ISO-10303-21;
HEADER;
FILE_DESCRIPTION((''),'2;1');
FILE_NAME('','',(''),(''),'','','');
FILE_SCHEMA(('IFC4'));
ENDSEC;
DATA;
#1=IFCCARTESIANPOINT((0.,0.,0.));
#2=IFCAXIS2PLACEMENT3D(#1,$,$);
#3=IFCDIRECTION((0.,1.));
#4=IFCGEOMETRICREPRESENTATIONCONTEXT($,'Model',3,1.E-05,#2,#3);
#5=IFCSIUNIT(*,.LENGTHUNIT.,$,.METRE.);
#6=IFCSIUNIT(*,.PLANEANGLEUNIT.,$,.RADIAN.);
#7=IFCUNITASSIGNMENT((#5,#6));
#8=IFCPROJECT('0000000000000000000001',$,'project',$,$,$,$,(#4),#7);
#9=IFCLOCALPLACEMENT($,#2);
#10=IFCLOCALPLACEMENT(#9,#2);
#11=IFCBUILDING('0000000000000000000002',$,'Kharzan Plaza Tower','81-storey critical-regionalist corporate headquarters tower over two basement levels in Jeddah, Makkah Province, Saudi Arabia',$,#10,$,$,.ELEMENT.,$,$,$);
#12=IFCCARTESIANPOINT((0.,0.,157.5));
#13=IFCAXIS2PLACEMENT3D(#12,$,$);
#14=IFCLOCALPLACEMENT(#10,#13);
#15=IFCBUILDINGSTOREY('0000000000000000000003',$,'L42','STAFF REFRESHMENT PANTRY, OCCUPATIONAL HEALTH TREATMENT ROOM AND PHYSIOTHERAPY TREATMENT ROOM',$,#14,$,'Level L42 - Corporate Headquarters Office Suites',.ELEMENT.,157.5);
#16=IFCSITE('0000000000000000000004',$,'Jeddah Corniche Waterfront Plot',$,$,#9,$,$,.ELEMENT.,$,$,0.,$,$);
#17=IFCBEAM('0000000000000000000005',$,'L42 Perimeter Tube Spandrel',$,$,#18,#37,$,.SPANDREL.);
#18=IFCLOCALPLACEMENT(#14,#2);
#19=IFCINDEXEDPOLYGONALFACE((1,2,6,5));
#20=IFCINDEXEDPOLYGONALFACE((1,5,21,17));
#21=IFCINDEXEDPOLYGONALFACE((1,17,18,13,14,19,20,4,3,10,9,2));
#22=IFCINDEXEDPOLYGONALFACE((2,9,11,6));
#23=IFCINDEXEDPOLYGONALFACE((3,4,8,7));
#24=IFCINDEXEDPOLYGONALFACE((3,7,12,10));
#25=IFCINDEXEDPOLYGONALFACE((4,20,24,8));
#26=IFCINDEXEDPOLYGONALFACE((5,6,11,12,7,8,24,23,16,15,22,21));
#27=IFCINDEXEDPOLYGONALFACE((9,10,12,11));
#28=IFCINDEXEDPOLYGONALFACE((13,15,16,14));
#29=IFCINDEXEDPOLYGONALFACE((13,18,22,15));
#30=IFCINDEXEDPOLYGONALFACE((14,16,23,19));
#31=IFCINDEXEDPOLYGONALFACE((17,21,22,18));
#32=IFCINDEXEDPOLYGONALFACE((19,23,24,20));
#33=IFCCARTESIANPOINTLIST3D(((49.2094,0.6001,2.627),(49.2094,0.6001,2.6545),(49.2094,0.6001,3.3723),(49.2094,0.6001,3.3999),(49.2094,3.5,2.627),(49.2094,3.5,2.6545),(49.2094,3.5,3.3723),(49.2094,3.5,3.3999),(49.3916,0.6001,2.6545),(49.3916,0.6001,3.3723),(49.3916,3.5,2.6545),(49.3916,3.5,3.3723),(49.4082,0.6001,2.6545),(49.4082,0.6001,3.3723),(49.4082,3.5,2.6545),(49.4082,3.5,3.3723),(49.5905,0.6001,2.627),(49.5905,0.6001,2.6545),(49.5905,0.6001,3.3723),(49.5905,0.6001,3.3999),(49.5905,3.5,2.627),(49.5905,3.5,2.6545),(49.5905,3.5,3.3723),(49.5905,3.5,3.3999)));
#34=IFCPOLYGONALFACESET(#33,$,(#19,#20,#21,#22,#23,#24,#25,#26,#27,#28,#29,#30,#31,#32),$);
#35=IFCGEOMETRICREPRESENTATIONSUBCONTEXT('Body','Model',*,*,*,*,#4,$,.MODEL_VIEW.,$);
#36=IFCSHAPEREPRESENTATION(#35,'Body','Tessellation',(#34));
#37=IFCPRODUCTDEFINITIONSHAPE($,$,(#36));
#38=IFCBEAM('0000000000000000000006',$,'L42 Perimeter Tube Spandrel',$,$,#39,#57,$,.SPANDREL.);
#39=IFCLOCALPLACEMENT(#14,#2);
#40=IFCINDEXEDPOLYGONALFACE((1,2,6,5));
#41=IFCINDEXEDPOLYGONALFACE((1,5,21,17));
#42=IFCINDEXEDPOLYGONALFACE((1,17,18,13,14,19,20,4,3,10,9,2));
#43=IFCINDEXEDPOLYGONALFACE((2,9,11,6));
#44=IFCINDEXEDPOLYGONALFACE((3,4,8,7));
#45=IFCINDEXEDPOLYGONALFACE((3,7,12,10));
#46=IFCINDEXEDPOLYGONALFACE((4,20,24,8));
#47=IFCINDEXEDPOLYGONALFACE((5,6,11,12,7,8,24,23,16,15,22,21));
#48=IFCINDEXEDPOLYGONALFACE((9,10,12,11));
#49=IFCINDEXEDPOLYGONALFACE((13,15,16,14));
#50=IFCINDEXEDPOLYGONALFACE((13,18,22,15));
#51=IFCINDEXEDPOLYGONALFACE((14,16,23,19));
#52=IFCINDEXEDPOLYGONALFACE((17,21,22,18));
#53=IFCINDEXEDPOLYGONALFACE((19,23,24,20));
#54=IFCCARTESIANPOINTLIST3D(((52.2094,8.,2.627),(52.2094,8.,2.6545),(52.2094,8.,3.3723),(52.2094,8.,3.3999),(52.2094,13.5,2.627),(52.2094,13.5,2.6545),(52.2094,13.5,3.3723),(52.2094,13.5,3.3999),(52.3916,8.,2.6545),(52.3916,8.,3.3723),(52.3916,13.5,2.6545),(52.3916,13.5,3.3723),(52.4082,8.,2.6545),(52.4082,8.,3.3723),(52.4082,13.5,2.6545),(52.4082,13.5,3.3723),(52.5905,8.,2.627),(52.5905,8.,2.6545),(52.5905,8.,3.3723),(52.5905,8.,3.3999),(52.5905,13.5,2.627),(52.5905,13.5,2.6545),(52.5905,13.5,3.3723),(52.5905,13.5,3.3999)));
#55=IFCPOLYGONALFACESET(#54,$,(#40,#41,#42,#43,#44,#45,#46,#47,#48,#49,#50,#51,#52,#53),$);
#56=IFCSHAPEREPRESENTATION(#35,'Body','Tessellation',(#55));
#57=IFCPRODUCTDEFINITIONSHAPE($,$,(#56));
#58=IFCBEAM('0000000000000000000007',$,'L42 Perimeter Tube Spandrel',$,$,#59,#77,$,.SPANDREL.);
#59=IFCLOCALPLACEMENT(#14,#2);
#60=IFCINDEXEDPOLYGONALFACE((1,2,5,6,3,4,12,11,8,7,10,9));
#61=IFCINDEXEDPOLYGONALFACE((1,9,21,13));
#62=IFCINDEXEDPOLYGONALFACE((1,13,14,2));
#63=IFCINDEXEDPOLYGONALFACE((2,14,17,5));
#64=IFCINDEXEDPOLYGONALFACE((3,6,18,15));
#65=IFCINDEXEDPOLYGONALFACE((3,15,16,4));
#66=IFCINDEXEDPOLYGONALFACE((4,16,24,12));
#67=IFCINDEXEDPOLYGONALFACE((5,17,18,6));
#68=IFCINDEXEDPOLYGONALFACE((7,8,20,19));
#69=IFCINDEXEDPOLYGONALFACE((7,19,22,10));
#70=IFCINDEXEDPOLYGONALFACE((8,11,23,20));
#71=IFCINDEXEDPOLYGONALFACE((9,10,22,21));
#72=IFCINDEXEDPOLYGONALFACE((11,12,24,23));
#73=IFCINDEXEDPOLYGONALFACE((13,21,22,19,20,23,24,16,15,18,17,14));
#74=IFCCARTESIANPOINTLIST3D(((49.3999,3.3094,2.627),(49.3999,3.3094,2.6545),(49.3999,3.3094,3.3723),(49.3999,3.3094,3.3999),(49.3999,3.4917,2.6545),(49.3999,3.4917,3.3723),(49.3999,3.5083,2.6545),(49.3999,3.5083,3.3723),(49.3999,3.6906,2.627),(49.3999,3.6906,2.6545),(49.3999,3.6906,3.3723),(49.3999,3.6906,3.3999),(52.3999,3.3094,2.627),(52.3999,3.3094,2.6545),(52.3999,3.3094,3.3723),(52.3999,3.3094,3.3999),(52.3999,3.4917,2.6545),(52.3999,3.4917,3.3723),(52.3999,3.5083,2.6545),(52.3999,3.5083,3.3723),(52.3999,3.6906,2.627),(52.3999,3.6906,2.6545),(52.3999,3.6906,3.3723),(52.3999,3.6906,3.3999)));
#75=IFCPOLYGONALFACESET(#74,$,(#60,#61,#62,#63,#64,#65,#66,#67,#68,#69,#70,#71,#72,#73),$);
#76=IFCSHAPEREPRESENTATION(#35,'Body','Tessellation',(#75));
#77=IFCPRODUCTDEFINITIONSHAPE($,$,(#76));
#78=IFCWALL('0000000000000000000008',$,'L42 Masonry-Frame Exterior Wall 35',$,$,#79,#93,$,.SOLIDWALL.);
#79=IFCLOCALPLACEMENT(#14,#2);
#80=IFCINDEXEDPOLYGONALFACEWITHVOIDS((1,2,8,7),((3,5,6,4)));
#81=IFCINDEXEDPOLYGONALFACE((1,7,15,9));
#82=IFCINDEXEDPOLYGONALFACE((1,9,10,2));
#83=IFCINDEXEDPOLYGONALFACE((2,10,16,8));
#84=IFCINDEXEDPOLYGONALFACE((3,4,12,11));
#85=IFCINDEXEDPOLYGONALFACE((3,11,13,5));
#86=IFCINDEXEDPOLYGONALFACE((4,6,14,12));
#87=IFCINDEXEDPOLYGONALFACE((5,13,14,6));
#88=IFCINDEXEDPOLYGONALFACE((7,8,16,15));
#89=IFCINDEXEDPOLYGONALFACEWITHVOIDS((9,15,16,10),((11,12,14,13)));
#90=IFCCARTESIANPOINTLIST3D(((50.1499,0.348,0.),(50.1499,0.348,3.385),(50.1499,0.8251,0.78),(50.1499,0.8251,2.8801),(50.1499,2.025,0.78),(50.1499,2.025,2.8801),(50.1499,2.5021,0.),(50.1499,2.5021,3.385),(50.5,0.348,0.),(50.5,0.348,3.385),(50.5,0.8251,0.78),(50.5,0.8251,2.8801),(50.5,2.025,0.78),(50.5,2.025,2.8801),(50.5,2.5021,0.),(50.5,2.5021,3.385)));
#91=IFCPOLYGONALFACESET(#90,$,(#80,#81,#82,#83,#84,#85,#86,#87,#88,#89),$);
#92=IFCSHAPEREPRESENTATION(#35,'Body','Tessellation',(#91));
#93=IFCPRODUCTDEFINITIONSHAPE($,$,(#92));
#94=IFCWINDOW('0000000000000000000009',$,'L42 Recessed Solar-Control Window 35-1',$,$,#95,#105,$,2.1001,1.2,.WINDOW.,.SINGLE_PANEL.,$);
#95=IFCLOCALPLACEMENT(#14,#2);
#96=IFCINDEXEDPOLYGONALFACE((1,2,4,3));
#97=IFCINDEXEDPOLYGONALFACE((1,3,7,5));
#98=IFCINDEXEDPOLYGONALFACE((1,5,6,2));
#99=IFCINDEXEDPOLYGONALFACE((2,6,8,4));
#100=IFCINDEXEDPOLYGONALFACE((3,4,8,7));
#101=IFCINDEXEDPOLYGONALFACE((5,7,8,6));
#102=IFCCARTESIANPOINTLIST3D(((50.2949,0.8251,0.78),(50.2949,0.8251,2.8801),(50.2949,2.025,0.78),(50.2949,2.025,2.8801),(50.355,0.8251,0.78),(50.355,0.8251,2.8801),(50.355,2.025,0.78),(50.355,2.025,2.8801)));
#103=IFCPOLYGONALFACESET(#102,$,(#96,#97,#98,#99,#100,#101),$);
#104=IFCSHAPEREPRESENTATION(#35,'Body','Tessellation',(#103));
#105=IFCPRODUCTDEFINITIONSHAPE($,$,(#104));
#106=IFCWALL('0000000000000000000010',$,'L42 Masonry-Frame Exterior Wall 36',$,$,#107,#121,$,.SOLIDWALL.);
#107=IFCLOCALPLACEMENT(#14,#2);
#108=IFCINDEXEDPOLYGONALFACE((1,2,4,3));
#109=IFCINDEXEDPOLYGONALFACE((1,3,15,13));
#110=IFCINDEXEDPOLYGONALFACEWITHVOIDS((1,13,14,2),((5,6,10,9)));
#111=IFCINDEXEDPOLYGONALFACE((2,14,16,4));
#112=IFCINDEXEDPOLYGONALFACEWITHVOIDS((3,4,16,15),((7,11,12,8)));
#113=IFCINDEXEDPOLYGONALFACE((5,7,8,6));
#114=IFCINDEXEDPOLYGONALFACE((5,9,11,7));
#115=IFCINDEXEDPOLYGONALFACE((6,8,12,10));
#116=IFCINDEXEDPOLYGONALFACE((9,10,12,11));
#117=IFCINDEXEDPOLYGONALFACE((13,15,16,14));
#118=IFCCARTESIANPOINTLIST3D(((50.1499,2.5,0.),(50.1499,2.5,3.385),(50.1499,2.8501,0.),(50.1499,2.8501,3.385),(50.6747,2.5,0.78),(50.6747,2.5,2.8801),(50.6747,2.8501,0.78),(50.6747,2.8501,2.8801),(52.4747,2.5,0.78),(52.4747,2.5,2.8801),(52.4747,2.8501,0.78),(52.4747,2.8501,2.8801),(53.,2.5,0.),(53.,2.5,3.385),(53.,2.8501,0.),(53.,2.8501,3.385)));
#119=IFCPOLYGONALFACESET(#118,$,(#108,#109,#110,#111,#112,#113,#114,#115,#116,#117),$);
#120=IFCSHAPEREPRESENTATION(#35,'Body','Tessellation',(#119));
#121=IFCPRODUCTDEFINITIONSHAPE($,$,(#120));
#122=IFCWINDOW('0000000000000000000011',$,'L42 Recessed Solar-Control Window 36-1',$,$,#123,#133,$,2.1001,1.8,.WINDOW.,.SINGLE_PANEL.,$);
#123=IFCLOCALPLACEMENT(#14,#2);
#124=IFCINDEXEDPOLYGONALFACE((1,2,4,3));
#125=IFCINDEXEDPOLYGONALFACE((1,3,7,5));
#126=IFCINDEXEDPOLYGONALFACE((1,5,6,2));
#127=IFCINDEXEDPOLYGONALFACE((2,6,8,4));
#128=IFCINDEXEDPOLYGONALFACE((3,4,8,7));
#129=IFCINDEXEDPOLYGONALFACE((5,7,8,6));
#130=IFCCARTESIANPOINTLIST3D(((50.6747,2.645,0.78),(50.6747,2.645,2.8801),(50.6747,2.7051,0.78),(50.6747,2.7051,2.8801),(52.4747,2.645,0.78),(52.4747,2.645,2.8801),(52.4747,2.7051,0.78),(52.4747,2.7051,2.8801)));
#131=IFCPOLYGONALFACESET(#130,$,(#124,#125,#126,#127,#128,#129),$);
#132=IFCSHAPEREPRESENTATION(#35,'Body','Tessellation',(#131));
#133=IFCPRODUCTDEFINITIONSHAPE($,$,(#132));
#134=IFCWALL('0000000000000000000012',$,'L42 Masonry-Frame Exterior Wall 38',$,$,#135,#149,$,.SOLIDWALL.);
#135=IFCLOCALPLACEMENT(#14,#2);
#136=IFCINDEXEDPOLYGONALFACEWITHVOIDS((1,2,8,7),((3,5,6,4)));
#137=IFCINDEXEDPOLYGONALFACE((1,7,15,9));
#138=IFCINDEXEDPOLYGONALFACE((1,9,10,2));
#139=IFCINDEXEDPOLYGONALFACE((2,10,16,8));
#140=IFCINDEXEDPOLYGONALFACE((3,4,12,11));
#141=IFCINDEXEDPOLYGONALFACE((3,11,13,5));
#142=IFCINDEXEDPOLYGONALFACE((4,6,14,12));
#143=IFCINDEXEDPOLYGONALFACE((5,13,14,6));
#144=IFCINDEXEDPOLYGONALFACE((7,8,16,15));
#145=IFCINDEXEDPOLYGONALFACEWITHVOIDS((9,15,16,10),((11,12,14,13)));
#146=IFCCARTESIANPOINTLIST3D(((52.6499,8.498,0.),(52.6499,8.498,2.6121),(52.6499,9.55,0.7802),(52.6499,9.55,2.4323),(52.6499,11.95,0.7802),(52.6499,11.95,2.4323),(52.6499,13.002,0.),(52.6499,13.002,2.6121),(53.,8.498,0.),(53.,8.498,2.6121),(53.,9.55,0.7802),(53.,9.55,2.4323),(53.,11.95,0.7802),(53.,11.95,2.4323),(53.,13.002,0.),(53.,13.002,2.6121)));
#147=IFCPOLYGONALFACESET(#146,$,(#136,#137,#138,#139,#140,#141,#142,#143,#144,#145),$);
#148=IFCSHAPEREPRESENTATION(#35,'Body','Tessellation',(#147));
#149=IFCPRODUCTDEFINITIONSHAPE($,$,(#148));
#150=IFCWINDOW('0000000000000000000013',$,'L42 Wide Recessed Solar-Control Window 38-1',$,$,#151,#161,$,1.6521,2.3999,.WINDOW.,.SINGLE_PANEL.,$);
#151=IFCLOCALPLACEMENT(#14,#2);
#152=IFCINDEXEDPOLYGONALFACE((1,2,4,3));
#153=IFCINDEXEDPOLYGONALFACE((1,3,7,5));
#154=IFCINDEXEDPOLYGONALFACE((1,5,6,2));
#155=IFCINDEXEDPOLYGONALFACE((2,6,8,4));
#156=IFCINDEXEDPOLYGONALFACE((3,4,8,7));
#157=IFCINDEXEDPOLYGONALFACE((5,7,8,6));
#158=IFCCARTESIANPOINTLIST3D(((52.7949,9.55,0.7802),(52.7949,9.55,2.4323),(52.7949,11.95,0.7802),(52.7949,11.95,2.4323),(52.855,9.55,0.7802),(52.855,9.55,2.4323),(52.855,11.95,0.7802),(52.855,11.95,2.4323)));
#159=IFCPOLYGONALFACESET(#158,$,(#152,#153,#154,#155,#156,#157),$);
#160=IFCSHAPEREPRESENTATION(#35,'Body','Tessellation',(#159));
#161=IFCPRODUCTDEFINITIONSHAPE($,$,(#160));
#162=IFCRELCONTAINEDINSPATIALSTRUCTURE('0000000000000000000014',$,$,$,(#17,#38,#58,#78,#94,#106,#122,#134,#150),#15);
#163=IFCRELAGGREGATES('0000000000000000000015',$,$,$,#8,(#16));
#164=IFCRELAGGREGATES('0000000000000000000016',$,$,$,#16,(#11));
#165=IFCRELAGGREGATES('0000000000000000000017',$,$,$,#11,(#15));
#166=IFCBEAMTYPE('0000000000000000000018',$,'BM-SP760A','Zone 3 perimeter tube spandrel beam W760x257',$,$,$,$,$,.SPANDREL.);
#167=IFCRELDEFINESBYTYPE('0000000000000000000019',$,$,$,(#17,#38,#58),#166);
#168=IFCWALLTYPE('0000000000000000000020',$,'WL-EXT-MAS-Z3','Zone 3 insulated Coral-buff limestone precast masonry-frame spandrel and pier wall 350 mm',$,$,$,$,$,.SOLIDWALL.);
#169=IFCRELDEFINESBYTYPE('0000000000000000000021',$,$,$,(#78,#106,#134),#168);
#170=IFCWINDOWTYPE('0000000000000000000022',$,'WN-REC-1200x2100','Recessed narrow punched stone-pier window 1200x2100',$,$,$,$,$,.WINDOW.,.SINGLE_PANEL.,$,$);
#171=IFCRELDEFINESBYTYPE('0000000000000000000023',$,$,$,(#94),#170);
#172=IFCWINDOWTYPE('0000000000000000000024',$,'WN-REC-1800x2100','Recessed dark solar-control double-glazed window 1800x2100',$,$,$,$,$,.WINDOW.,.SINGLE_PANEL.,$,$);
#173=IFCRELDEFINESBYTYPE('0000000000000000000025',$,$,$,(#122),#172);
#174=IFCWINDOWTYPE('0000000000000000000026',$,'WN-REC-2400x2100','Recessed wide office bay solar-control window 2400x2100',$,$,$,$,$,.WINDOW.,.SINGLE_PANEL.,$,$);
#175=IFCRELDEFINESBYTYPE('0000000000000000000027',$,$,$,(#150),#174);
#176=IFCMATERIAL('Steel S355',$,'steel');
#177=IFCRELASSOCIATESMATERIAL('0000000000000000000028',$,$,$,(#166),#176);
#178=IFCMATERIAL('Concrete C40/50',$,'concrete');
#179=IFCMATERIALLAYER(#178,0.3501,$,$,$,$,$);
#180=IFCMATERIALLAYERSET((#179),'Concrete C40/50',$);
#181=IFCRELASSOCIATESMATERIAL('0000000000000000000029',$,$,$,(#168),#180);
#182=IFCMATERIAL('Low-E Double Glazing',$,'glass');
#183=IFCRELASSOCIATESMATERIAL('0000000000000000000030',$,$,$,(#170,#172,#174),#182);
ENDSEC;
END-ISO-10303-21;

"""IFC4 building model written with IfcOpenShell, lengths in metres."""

from ifc_helpers import new_model, si_unit, direction, frame, frame_2d, origin, origin_2d, place, context, subcontext, project, spatial, rectangle, i_section, extrude, source, transform, mapped, material, layer, layer_set, material_profile, profile_set, type_object, element, fill, save


model = new_model("IFC4")

# Units and contexts
model_context = context("Model", 3, precision=1e-05, world=origin(), true_north=direction((0.0, 1.0)))
body_context = subcontext(model_context, "Body", "Model", "MODEL_VIEW")
ifc_project = project(units=[si_unit("LENGTHUNIT", "METRE"), si_unit("PLANEANGLEUNIT", "RADIAN")], contexts=[model_context])

# Site, building, storey
site_placement = place(None, origin())
site = spatial("IfcSite", under=ifc_project, at=site_placement, Name="Jeddah Corniche Waterfront Plot", CompositionType="ELEMENT", RefElevation=0.0)
building_placement = place(site_placement, origin())
building = spatial("IfcBuilding", under=site, at=building_placement, Name="Kharzan Plaza Tower", Description="81-storey critical-regionalist corporate headquarters tower over two basement levels in Jeddah, Makkah Province, Saudi Arabia", CompositionType="ELEMENT")
storey_placement = place(building_placement, frame((0.0, 0.0, 157.5)))
storey = spatial("IfcBuildingStorey", under=building, at=storey_placement, Name="L42", Description="STAFF REFRESHMENT PANTRY, OCCUPATIONAL HEALTH TREATMENT ROOM AND PHYSIOTHERAPY TREATMENT ROOM", LongName="Level L42 - Corporate Headquarters Office Suites", CompositionType="ELEMENT", Elevation=157.5)

# Beams
ifc_material_1 = material(Name="Steel S355", Category="steel")
ifc_material_profile_1 = material_profile(ifc_material_1, i_section(OverallWidth=0.3811, OverallDepth=0.7729, WebThickness=0.0166, FlangeThickness=0.0276, at=origin_2d()), Name="W760x257")
ifc_profile_set_1 = profile_set([ifc_material_profile_1], Name="Steel S355")
beam_type_1 = type_object("IfcBeamType", Name="BM-SP760A", Description="Zone 3 perimeter tube spandrel beam W760x257", PredefinedType="SPANDREL", material=ifc_profile_set_1)
shared_shape_1 = source(origin(), body_context, "Body", "SweptSolid", [
    extrude(i_section(OverallWidth=0.3811, OverallDepth=0.7729, WebThickness=0.0166, FlangeThickness=0.0276, at=origin_2d()), origin(), (0.0, 0.0, 1.0), 2.8999),
])
beam_1_placement = place(storey_placement, frame((49.3999, 0.6001, 3.0134), z_axis=(0.0, 1.0, 0.0), x_axis=(-1.0, 0.0, 0.0)))
element("IfcBeam", 1, at=beam_1_placement, inside=storey, type_object=beam_type_1, Name="L42 Perimeter Tube Spandrel", PredefinedType="SPANDREL", context=body_context, shape_type="MappedRepresentation", body=[
    mapped(shared_shape_1, transform((0.0, 0.0, 0.0), x_axis=(1.0, 0.0, 0.0), y_axis=(0.0, 1.0, 0.0), z_axis=(0.0, 0.0, 1.0))),
])
shared_shape_2 = source(origin(), body_context, "Body", "SweptSolid", [
    extrude(i_section(OverallWidth=0.3811, OverallDepth=0.7729, WebThickness=0.0166, FlangeThickness=0.0276, at=origin_2d()), origin(), (0.0, 0.0, 1.0), 5.5),
])
beam_2_placement = place(storey_placement, frame((52.3999, 8.0, 3.0134), z_axis=(0.0, 1.0, 0.0), x_axis=(-1.0, 0.0, 0.0)))
element("IfcBeam", 2, at=beam_2_placement, inside=storey, type_object=beam_type_1, Name="L42 Perimeter Tube Spandrel", PredefinedType="SPANDREL", context=body_context, shape_type="MappedRepresentation", body=[
    mapped(shared_shape_2, transform((0.0, 0.0, 0.0), x_axis=(1.0, 0.0, 0.0), y_axis=(0.0, 1.0, 0.0), z_axis=(0.0, 0.0, 1.0))),
])
shared_shape_3 = source(origin(), body_context, "Body", "SweptSolid", [
    extrude(i_section(OverallWidth=0.3811, OverallDepth=0.7729, WebThickness=0.0166, FlangeThickness=0.0276, at=origin_2d()), origin(), (0.0, 0.0, 1.0), 3.0),
])
beam_3_placement = place(storey_placement, frame((49.3999, 3.5, 3.0134), z_axis=(1.0, 0.0, 0.0), x_axis=(0.0, 1.0, 0.0)))
element("IfcBeam", 3, at=beam_3_placement, inside=storey, type_object=beam_type_1, Name="L42 Perimeter Tube Spandrel", PredefinedType="SPANDREL", context=body_context, shape_type="MappedRepresentation", body=[
    mapped(shared_shape_3, transform((0.0, 0.0, 0.0), x_axis=(1.0, 0.0, 0.0), y_axis=(0.0, 1.0, 0.0), z_axis=(0.0, 0.0, 1.0))),
])

# Walls, openings, windows
ifc_material_2 = material(Name="Concrete C40/50", Category="concrete")
ifc_layer_1 = layer(ifc_material_2, 0.3501)
ifc_layer_set_1 = layer_set([ifc_layer_1], Name="Concrete C40/50")
wall_type_1 = type_object("IfcWallType", Name="WL-EXT-MAS-Z3", Description="Zone 3 insulated Coral-buff limestone precast masonry-frame spandrel and pier wall 350 mm", PredefinedType="SOLIDWALL", material=ifc_layer_set_1)
wall_1_placement = place(storey_placement, frame((50.325, 0.3479, 0.0), z_axis=(0.0, 0.0, 1.0), x_axis=(0.0, 1.0, 0.0)))
wall_1 = element("IfcWall", 4, at=wall_1_placement, inside=storey, type_object=wall_type_1, Name="L42 Masonry-Frame Exterior Wall 35", PredefinedType="SOLIDWALL", context=body_context, shape_type="SweptSolid", body=[
    extrude(rectangle(XDim=2.1541, YDim=0.3501, at=frame_2d((1.0771, 0.0))), origin(), (0.0, 0.0, 1.0), 3.385),
])
opening_1_placement = place(wall_1_placement, frame((0.4771, 0.0, 0.78)))
opening_1 = element("IfcOpeningElement", 5, at=opening_1_placement, cuts=wall_1, PredefinedType="OPENING", context=body_context, shape_type="SweptSolid", body=[
    extrude(rectangle(XDim=1.2, YDim=2.1001, at=frame_2d((0.6001, 1.05))), frame((0.0, 0.1851, 0.0), z_axis=(0.0, -1.0, 0.0), x_axis=(1.0, 0.0, 0.0)), (0.0, 0.0, 1.0), 0.3701),
])
ifc_material_3 = material(Name="Low-E Double Glazing", Category="glass")
window_type_1 = type_object("IfcWindowType", Name="WN-REC-1200x2100", Description="Recessed narrow punched stone-pier window 1200x2100", PartitioningType="SINGLE_PANEL", PredefinedType="WINDOW", material=ifc_material_3)
shared_shape_4 = source(origin(), body_context, "Body", "SweptSolid", [
    extrude(rectangle(XDim=1.2, YDim=2.1001, at=frame_2d((0.6001, 1.05))), frame((0.0, 0.03, 0.0), z_axis=(0.0, -1.0, 0.0), x_axis=(1.0, 0.0, 0.0)), (0.0, 0.0, 1.0), 0.0601),
])
window_1_placement = place(opening_1_placement, origin())
window_1 = element("IfcWindow", 6, at=window_1_placement, inside=storey, type_object=window_type_1, Name="L42 Recessed Solar-Control Window 35-1", OverallHeight=2.1001, OverallWidth=1.2, PartitioningType="SINGLE_PANEL", PredefinedType="WINDOW", context=body_context, shape_type="MappedRepresentation", body=[
    mapped(shared_shape_4, transform((0.0, 0.0, 0.0), x_axis=(1.0, 0.0, 0.0), y_axis=(0.0, 1.0, 0.0), z_axis=(0.0, 0.0, 1.0))),
])
fill(opening_1, window_1)
wall_2_placement = place(storey_placement, frame((50.1499, 2.675, 0.0), z_axis=(0.0, 0.0, 1.0), x_axis=(1.0, 0.0, 0.0)))
wall_2 = element("IfcWall", 7, at=wall_2_placement, inside=storey, type_object=wall_type_1, Name="L42 Masonry-Frame Exterior Wall 36", PredefinedType="SOLIDWALL", context=body_context, shape_type="SweptSolid", body=[
    extrude(rectangle(XDim=2.8501, YDim=0.3501, at=frame_2d((1.425, 0.0))), origin(), (0.0, 0.0, 1.0), 3.385),
])
opening_2_placement = place(wall_2_placement, frame((0.5249, 0.0, 0.78)))
opening_2 = element("IfcOpeningElement", 8, at=opening_2_placement, cuts=wall_2, PredefinedType="OPENING", context=body_context, shape_type="SweptSolid", body=[
    extrude(rectangle(XDim=1.8, YDim=2.1001, at=frame_2d((0.8999, 1.05))), frame((0.0, 0.1851, 0.0), z_axis=(0.0, -1.0, 0.0), x_axis=(1.0, 0.0, 0.0)), (0.0, 0.0, 1.0), 0.3701),
])
window_type_2 = type_object("IfcWindowType", Name="WN-REC-1800x2100", Description="Recessed dark solar-control double-glazed window 1800x2100", PartitioningType="SINGLE_PANEL", PredefinedType="WINDOW", material=ifc_material_3)
shared_shape_5 = source(origin(), body_context, "Body", "SweptSolid", [
    extrude(rectangle(XDim=1.8, YDim=2.1001, at=frame_2d((0.8999, 1.05))), frame((0.0, 0.03, 0.0), z_axis=(0.0, -1.0, 0.0), x_axis=(1.0, 0.0, 0.0)), (0.0, 0.0, 1.0), 0.0601),
])
window_2_placement = place(opening_2_placement, origin())
window_2 = element("IfcWindow", 9, at=window_2_placement, inside=storey, type_object=window_type_2, Name="L42 Recessed Solar-Control Window 36-1", OverallHeight=2.1001, OverallWidth=1.8, PartitioningType="SINGLE_PANEL", PredefinedType="WINDOW", context=body_context, shape_type="MappedRepresentation", body=[
    mapped(shared_shape_5, transform((0.0, 0.0, 0.0), x_axis=(1.0, 0.0, 0.0), y_axis=(0.0, 1.0, 0.0), z_axis=(0.0, 0.0, 1.0))),
])
fill(opening_2, window_2)
wall_3_placement = place(storey_placement, frame((52.825, 8.498, 0.0), z_axis=(0.0, 0.0, 1.0), x_axis=(0.0, 1.0, 0.0)))
wall_3 = element("IfcWall", 10, at=wall_3_placement, inside=storey, type_object=wall_type_1, Name="L42 Masonry-Frame Exterior Wall 38", PredefinedType="SOLIDWALL", context=body_context, shape_type="SweptSolid", body=[
    extrude(rectangle(XDim=4.5039, YDim=0.3501, at=frame_2d((2.252, 0.0))), origin(), (0.0, 0.0, 1.0), 2.6121),
])
opening_3_placement = place(wall_3_placement, frame((1.052, 0.0, 0.78)))
opening_3 = element("IfcOpeningElement", 11, at=opening_3_placement, cuts=wall_3, PredefinedType="OPENING", context=body_context, shape_type="SweptSolid", body=[
    extrude(rectangle(XDim=2.3999, YDim=1.6521, at=frame_2d((1.2, 0.8262))), frame((0.0, 0.1851, 0.0), z_axis=(0.0, -1.0, 0.0), x_axis=(1.0, 0.0, 0.0)), (0.0, 0.0, 1.0), 0.3701),
])
window_type_3 = type_object("IfcWindowType", Name="WN-REC-2400x2100", Description="Recessed wide office bay solar-control window 2400x2100", PartitioningType="SINGLE_PANEL", PredefinedType="WINDOW", material=ifc_material_3)
shared_shape_6 = source(origin(), body_context, "Body", "SweptSolid", [
    extrude(rectangle(XDim=2.3999, YDim=1.6521, at=frame_2d((1.2, 0.8262))), frame((0.0, 0.03, 0.0), z_axis=(0.0, -1.0, 0.0), x_axis=(1.0, 0.0, 0.0)), (0.0, 0.0, 1.0), 0.0601),
])
window_3_placement = place(opening_3_placement, origin())
window_3 = element("IfcWindow", 12, at=window_3_placement, inside=storey, type_object=window_type_3, Name="L42 Wide Recessed Solar-Control Window 38-1", OverallHeight=1.6521, OverallWidth=2.3999, PartitioningType="SINGLE_PANEL", PredefinedType="WINDOW", context=body_context, shape_type="MappedRepresentation", body=[
    mapped(shared_shape_6, transform((0.0, 0.0, 0.0), x_axis=(1.0, 0.0, 0.0), y_axis=(0.0, 1.0, 0.0), z_axis=(0.0, 0.0, 1.0))),
])
fill(opening_3, window_3)

save(model, "model.ifc")
